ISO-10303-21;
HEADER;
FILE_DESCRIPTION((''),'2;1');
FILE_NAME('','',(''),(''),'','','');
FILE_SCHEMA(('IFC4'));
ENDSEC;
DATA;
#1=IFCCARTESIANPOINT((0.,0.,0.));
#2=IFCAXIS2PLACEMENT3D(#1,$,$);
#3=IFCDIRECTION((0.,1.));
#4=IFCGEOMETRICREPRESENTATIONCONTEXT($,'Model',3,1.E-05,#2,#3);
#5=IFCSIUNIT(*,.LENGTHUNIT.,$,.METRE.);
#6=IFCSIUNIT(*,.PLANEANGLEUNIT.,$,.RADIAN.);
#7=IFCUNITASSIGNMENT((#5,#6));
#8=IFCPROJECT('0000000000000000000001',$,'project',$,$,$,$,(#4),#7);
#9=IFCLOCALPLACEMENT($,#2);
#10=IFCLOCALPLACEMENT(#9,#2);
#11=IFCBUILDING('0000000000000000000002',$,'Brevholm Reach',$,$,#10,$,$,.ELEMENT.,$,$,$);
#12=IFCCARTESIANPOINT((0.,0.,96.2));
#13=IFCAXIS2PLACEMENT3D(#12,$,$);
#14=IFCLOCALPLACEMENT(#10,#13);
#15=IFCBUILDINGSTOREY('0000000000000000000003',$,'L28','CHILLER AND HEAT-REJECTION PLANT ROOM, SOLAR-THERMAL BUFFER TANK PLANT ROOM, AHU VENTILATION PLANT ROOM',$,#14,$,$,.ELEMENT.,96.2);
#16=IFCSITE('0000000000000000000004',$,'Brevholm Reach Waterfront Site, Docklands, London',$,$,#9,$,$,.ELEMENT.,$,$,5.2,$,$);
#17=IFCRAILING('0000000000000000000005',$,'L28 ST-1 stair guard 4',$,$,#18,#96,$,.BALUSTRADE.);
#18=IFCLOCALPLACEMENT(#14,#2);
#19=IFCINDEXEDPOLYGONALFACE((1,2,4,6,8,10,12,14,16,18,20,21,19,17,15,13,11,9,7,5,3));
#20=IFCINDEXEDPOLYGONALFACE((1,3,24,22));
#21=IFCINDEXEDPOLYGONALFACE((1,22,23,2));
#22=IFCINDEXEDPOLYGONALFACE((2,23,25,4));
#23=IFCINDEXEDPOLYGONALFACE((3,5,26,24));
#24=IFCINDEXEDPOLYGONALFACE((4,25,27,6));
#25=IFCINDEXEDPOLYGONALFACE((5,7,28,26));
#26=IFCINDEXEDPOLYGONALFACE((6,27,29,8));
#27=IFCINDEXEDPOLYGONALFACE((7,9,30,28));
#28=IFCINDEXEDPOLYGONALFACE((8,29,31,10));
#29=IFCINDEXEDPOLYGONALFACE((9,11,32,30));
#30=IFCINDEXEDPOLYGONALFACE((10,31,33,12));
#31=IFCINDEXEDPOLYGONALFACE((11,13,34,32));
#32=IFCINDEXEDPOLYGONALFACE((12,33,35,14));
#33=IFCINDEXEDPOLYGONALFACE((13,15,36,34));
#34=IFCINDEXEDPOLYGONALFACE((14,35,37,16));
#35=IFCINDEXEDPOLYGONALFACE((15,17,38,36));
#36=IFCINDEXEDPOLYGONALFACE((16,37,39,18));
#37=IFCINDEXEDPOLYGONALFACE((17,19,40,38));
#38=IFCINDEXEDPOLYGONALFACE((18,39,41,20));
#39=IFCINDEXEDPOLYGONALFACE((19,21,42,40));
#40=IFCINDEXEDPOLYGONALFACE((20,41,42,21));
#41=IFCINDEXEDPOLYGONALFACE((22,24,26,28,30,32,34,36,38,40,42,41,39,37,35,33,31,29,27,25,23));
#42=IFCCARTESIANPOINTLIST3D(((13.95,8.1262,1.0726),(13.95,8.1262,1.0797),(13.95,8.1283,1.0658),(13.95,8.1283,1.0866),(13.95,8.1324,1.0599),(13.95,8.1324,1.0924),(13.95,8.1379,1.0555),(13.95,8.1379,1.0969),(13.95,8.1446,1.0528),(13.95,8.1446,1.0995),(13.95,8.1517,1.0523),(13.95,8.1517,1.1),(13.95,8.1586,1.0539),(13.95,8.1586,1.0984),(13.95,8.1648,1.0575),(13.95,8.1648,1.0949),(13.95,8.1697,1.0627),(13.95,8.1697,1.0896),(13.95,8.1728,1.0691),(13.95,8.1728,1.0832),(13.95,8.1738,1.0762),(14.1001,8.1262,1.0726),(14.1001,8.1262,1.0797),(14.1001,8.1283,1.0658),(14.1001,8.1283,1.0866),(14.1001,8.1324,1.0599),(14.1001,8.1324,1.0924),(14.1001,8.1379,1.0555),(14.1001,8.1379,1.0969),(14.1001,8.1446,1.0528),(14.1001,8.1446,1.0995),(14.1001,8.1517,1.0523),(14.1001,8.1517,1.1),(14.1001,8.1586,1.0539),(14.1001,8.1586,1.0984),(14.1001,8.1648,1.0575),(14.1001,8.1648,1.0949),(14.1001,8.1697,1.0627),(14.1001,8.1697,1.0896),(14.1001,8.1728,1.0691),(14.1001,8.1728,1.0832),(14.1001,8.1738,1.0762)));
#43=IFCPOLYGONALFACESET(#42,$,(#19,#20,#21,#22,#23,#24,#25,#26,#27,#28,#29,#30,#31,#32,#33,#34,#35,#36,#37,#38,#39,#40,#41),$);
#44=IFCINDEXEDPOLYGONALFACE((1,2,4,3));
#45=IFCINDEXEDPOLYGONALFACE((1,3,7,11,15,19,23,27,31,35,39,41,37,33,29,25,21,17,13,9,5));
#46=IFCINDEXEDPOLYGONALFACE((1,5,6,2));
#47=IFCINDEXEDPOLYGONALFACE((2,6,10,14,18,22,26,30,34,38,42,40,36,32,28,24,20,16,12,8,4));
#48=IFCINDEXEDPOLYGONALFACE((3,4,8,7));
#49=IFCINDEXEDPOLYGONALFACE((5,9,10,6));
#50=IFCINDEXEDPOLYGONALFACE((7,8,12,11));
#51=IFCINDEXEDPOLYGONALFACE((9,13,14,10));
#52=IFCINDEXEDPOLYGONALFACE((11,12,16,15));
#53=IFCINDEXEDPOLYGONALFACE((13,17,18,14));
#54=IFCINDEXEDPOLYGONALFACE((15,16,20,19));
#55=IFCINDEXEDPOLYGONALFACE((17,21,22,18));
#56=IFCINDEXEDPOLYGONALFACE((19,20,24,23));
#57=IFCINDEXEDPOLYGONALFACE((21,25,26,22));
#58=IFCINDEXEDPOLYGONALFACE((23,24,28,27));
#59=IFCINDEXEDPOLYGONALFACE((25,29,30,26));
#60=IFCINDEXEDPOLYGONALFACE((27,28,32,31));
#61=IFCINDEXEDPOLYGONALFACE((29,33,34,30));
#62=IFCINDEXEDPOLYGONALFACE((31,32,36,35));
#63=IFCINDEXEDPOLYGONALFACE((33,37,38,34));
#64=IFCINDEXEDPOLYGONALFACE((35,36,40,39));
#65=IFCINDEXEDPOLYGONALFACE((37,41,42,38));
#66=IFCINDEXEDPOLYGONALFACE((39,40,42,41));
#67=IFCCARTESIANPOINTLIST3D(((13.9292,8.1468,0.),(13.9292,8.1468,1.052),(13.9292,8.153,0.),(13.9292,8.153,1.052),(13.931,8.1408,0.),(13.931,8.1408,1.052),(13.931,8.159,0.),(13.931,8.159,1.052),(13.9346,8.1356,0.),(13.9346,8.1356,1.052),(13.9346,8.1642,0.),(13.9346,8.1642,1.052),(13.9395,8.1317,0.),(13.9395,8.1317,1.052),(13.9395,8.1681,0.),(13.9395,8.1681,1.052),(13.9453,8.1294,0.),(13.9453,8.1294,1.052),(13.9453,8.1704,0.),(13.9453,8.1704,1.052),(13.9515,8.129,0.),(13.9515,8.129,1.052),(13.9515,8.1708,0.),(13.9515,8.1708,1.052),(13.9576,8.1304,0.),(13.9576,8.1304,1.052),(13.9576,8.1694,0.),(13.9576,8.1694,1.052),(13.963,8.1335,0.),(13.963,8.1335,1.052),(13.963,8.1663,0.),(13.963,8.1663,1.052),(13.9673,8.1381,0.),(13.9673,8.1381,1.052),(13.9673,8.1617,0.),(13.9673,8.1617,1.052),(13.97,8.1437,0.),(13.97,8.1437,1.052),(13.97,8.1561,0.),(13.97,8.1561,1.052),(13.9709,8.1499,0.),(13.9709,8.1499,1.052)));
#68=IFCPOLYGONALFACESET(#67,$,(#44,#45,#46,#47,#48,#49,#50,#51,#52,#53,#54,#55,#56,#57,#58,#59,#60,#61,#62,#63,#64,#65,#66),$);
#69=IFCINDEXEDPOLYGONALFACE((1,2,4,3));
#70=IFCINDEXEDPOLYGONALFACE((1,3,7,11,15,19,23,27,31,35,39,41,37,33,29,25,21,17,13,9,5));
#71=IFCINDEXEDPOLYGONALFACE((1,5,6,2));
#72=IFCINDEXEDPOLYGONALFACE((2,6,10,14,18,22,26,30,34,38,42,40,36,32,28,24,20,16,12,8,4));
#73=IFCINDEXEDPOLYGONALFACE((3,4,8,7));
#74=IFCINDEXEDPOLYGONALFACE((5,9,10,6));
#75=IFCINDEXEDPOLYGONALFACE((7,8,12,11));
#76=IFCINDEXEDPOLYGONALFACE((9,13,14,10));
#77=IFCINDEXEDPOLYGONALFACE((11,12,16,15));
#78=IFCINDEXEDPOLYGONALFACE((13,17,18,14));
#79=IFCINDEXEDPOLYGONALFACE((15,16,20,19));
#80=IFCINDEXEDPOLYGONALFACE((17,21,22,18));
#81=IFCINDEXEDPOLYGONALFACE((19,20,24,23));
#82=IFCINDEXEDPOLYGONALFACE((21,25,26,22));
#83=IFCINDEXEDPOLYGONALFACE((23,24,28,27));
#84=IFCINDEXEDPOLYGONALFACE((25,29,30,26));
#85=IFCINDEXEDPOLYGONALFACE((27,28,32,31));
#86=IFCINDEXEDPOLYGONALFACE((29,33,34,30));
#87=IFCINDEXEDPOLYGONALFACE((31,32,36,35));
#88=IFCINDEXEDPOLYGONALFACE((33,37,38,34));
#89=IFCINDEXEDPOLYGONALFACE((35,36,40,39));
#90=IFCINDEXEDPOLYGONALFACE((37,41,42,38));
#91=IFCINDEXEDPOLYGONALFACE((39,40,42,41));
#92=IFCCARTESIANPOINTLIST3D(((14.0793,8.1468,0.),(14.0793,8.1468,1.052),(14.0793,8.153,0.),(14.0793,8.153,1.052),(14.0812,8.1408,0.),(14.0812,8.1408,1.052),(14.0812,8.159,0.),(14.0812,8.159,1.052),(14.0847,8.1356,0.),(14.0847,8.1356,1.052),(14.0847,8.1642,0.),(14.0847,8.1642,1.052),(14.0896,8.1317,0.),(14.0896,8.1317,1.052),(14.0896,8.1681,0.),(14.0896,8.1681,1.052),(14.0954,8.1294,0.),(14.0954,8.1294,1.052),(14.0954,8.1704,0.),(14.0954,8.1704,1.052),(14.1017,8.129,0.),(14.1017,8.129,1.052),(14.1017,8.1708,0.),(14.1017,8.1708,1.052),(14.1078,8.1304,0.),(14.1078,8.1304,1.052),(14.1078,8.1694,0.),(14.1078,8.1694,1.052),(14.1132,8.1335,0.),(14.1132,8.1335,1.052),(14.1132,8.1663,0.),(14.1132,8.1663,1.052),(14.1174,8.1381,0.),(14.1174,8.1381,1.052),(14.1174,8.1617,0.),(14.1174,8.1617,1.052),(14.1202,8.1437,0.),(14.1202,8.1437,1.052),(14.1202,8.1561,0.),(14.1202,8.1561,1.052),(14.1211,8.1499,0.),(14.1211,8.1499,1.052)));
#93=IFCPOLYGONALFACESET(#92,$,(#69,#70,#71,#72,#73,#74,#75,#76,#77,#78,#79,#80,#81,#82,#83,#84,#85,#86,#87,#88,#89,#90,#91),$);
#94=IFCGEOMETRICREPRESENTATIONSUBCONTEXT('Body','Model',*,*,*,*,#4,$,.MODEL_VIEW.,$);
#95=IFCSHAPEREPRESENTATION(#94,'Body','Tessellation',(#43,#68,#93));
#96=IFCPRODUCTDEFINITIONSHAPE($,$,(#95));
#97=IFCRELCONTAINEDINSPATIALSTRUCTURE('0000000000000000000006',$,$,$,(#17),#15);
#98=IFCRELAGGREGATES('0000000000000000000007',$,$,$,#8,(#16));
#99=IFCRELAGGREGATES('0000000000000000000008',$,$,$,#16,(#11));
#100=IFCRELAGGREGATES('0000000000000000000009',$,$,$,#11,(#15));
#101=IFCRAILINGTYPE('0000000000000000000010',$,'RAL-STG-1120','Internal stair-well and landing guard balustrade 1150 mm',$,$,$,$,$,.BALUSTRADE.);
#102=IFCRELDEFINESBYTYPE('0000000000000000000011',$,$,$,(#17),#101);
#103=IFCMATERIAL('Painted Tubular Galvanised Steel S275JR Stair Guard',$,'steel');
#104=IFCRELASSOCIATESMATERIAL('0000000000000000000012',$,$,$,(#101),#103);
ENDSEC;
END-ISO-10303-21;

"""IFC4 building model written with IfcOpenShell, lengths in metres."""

from ifc_helpers import new_model, si_unit, direction, frame, origin, origin_2d, place, context, subcontext, project, spatial, circle, extrude, material, type_object, element, save


model = new_model("IFC4")

# Units and contexts
model_context = context("Model", 3, precision=1e-05, world=origin(), true_north=direction((0.0, 1.0)))
body_context = subcontext(model_context, "Body", "Model", "MODEL_VIEW")
ifc_project = project(units=[si_unit("LENGTHUNIT", "METRE"), si_unit("PLANEANGLEUNIT", "RADIAN")], contexts=[model_context])

# Site, building, storey
site_placement = place(None, origin())
site = spatial("IfcSite", under=ifc_project, at=site_placement, Name="Brevholm Reach Waterfront Site, Docklands, London", CompositionType="ELEMENT", RefElevation=5.2)
building_placement = place(site_placement, origin())
building = spatial("IfcBuilding", under=site, at=building_placement, Name="Brevholm Reach", CompositionType="ELEMENT")
storey_placement = place(building_placement, frame((0.0, 0.0, 96.2)))
storey = spatial("IfcBuildingStorey", under=building, at=storey_placement, Name="L28", Description="CHILLER AND HEAT-REJECTION PLANT ROOM, SOLAR-THERMAL BUFFER TANK PLANT ROOM, AHU VENTILATION PLANT ROOM", CompositionType="ELEMENT", Elevation=96.2)

# Railing
ifc_material_1 = material(Name="Painted Tubular Galvanised Steel S275JR Stair Guard", Category="steel")
railing_type_1 = type_object("IfcRailingType", Name="RAL-STG-1120", Description="Internal stair-well and landing guard balustrade 1150 mm", PredefinedType="BALUSTRADE", material=ifc_material_1)
railing_1_placement = place(storey_placement, frame((13.95, 8.1499, 0.0)))
element("IfcRailing", 1, at=railing_1_placement, inside=storey, type_object=railing_type_1, Name="L28 ST-1 stair guard 4", PredefinedType="BALUSTRADE", context=body_context, shape_type="SweptSolid", body=[
    extrude(circle(Radius=0.0239, at=origin_2d()), frame((0.0, 0.0, 1.0762), z_axis=(1.0, 0.0, 0.0), x_axis=(0.0, 1.0, 0.0)), (0.0, 0.0, 1.0), 0.1501),
    extrude(circle(Radius=0.021, at=origin_2d()), origin(), (0.0, 0.0, 1.0), 1.052),
    extrude(circle(Radius=0.021, at=origin_2d()), frame((0.1501, 0.0, 0.0)), (0.0, 0.0, 1.0), 1.052),
])

save(model, "model.ifc")
